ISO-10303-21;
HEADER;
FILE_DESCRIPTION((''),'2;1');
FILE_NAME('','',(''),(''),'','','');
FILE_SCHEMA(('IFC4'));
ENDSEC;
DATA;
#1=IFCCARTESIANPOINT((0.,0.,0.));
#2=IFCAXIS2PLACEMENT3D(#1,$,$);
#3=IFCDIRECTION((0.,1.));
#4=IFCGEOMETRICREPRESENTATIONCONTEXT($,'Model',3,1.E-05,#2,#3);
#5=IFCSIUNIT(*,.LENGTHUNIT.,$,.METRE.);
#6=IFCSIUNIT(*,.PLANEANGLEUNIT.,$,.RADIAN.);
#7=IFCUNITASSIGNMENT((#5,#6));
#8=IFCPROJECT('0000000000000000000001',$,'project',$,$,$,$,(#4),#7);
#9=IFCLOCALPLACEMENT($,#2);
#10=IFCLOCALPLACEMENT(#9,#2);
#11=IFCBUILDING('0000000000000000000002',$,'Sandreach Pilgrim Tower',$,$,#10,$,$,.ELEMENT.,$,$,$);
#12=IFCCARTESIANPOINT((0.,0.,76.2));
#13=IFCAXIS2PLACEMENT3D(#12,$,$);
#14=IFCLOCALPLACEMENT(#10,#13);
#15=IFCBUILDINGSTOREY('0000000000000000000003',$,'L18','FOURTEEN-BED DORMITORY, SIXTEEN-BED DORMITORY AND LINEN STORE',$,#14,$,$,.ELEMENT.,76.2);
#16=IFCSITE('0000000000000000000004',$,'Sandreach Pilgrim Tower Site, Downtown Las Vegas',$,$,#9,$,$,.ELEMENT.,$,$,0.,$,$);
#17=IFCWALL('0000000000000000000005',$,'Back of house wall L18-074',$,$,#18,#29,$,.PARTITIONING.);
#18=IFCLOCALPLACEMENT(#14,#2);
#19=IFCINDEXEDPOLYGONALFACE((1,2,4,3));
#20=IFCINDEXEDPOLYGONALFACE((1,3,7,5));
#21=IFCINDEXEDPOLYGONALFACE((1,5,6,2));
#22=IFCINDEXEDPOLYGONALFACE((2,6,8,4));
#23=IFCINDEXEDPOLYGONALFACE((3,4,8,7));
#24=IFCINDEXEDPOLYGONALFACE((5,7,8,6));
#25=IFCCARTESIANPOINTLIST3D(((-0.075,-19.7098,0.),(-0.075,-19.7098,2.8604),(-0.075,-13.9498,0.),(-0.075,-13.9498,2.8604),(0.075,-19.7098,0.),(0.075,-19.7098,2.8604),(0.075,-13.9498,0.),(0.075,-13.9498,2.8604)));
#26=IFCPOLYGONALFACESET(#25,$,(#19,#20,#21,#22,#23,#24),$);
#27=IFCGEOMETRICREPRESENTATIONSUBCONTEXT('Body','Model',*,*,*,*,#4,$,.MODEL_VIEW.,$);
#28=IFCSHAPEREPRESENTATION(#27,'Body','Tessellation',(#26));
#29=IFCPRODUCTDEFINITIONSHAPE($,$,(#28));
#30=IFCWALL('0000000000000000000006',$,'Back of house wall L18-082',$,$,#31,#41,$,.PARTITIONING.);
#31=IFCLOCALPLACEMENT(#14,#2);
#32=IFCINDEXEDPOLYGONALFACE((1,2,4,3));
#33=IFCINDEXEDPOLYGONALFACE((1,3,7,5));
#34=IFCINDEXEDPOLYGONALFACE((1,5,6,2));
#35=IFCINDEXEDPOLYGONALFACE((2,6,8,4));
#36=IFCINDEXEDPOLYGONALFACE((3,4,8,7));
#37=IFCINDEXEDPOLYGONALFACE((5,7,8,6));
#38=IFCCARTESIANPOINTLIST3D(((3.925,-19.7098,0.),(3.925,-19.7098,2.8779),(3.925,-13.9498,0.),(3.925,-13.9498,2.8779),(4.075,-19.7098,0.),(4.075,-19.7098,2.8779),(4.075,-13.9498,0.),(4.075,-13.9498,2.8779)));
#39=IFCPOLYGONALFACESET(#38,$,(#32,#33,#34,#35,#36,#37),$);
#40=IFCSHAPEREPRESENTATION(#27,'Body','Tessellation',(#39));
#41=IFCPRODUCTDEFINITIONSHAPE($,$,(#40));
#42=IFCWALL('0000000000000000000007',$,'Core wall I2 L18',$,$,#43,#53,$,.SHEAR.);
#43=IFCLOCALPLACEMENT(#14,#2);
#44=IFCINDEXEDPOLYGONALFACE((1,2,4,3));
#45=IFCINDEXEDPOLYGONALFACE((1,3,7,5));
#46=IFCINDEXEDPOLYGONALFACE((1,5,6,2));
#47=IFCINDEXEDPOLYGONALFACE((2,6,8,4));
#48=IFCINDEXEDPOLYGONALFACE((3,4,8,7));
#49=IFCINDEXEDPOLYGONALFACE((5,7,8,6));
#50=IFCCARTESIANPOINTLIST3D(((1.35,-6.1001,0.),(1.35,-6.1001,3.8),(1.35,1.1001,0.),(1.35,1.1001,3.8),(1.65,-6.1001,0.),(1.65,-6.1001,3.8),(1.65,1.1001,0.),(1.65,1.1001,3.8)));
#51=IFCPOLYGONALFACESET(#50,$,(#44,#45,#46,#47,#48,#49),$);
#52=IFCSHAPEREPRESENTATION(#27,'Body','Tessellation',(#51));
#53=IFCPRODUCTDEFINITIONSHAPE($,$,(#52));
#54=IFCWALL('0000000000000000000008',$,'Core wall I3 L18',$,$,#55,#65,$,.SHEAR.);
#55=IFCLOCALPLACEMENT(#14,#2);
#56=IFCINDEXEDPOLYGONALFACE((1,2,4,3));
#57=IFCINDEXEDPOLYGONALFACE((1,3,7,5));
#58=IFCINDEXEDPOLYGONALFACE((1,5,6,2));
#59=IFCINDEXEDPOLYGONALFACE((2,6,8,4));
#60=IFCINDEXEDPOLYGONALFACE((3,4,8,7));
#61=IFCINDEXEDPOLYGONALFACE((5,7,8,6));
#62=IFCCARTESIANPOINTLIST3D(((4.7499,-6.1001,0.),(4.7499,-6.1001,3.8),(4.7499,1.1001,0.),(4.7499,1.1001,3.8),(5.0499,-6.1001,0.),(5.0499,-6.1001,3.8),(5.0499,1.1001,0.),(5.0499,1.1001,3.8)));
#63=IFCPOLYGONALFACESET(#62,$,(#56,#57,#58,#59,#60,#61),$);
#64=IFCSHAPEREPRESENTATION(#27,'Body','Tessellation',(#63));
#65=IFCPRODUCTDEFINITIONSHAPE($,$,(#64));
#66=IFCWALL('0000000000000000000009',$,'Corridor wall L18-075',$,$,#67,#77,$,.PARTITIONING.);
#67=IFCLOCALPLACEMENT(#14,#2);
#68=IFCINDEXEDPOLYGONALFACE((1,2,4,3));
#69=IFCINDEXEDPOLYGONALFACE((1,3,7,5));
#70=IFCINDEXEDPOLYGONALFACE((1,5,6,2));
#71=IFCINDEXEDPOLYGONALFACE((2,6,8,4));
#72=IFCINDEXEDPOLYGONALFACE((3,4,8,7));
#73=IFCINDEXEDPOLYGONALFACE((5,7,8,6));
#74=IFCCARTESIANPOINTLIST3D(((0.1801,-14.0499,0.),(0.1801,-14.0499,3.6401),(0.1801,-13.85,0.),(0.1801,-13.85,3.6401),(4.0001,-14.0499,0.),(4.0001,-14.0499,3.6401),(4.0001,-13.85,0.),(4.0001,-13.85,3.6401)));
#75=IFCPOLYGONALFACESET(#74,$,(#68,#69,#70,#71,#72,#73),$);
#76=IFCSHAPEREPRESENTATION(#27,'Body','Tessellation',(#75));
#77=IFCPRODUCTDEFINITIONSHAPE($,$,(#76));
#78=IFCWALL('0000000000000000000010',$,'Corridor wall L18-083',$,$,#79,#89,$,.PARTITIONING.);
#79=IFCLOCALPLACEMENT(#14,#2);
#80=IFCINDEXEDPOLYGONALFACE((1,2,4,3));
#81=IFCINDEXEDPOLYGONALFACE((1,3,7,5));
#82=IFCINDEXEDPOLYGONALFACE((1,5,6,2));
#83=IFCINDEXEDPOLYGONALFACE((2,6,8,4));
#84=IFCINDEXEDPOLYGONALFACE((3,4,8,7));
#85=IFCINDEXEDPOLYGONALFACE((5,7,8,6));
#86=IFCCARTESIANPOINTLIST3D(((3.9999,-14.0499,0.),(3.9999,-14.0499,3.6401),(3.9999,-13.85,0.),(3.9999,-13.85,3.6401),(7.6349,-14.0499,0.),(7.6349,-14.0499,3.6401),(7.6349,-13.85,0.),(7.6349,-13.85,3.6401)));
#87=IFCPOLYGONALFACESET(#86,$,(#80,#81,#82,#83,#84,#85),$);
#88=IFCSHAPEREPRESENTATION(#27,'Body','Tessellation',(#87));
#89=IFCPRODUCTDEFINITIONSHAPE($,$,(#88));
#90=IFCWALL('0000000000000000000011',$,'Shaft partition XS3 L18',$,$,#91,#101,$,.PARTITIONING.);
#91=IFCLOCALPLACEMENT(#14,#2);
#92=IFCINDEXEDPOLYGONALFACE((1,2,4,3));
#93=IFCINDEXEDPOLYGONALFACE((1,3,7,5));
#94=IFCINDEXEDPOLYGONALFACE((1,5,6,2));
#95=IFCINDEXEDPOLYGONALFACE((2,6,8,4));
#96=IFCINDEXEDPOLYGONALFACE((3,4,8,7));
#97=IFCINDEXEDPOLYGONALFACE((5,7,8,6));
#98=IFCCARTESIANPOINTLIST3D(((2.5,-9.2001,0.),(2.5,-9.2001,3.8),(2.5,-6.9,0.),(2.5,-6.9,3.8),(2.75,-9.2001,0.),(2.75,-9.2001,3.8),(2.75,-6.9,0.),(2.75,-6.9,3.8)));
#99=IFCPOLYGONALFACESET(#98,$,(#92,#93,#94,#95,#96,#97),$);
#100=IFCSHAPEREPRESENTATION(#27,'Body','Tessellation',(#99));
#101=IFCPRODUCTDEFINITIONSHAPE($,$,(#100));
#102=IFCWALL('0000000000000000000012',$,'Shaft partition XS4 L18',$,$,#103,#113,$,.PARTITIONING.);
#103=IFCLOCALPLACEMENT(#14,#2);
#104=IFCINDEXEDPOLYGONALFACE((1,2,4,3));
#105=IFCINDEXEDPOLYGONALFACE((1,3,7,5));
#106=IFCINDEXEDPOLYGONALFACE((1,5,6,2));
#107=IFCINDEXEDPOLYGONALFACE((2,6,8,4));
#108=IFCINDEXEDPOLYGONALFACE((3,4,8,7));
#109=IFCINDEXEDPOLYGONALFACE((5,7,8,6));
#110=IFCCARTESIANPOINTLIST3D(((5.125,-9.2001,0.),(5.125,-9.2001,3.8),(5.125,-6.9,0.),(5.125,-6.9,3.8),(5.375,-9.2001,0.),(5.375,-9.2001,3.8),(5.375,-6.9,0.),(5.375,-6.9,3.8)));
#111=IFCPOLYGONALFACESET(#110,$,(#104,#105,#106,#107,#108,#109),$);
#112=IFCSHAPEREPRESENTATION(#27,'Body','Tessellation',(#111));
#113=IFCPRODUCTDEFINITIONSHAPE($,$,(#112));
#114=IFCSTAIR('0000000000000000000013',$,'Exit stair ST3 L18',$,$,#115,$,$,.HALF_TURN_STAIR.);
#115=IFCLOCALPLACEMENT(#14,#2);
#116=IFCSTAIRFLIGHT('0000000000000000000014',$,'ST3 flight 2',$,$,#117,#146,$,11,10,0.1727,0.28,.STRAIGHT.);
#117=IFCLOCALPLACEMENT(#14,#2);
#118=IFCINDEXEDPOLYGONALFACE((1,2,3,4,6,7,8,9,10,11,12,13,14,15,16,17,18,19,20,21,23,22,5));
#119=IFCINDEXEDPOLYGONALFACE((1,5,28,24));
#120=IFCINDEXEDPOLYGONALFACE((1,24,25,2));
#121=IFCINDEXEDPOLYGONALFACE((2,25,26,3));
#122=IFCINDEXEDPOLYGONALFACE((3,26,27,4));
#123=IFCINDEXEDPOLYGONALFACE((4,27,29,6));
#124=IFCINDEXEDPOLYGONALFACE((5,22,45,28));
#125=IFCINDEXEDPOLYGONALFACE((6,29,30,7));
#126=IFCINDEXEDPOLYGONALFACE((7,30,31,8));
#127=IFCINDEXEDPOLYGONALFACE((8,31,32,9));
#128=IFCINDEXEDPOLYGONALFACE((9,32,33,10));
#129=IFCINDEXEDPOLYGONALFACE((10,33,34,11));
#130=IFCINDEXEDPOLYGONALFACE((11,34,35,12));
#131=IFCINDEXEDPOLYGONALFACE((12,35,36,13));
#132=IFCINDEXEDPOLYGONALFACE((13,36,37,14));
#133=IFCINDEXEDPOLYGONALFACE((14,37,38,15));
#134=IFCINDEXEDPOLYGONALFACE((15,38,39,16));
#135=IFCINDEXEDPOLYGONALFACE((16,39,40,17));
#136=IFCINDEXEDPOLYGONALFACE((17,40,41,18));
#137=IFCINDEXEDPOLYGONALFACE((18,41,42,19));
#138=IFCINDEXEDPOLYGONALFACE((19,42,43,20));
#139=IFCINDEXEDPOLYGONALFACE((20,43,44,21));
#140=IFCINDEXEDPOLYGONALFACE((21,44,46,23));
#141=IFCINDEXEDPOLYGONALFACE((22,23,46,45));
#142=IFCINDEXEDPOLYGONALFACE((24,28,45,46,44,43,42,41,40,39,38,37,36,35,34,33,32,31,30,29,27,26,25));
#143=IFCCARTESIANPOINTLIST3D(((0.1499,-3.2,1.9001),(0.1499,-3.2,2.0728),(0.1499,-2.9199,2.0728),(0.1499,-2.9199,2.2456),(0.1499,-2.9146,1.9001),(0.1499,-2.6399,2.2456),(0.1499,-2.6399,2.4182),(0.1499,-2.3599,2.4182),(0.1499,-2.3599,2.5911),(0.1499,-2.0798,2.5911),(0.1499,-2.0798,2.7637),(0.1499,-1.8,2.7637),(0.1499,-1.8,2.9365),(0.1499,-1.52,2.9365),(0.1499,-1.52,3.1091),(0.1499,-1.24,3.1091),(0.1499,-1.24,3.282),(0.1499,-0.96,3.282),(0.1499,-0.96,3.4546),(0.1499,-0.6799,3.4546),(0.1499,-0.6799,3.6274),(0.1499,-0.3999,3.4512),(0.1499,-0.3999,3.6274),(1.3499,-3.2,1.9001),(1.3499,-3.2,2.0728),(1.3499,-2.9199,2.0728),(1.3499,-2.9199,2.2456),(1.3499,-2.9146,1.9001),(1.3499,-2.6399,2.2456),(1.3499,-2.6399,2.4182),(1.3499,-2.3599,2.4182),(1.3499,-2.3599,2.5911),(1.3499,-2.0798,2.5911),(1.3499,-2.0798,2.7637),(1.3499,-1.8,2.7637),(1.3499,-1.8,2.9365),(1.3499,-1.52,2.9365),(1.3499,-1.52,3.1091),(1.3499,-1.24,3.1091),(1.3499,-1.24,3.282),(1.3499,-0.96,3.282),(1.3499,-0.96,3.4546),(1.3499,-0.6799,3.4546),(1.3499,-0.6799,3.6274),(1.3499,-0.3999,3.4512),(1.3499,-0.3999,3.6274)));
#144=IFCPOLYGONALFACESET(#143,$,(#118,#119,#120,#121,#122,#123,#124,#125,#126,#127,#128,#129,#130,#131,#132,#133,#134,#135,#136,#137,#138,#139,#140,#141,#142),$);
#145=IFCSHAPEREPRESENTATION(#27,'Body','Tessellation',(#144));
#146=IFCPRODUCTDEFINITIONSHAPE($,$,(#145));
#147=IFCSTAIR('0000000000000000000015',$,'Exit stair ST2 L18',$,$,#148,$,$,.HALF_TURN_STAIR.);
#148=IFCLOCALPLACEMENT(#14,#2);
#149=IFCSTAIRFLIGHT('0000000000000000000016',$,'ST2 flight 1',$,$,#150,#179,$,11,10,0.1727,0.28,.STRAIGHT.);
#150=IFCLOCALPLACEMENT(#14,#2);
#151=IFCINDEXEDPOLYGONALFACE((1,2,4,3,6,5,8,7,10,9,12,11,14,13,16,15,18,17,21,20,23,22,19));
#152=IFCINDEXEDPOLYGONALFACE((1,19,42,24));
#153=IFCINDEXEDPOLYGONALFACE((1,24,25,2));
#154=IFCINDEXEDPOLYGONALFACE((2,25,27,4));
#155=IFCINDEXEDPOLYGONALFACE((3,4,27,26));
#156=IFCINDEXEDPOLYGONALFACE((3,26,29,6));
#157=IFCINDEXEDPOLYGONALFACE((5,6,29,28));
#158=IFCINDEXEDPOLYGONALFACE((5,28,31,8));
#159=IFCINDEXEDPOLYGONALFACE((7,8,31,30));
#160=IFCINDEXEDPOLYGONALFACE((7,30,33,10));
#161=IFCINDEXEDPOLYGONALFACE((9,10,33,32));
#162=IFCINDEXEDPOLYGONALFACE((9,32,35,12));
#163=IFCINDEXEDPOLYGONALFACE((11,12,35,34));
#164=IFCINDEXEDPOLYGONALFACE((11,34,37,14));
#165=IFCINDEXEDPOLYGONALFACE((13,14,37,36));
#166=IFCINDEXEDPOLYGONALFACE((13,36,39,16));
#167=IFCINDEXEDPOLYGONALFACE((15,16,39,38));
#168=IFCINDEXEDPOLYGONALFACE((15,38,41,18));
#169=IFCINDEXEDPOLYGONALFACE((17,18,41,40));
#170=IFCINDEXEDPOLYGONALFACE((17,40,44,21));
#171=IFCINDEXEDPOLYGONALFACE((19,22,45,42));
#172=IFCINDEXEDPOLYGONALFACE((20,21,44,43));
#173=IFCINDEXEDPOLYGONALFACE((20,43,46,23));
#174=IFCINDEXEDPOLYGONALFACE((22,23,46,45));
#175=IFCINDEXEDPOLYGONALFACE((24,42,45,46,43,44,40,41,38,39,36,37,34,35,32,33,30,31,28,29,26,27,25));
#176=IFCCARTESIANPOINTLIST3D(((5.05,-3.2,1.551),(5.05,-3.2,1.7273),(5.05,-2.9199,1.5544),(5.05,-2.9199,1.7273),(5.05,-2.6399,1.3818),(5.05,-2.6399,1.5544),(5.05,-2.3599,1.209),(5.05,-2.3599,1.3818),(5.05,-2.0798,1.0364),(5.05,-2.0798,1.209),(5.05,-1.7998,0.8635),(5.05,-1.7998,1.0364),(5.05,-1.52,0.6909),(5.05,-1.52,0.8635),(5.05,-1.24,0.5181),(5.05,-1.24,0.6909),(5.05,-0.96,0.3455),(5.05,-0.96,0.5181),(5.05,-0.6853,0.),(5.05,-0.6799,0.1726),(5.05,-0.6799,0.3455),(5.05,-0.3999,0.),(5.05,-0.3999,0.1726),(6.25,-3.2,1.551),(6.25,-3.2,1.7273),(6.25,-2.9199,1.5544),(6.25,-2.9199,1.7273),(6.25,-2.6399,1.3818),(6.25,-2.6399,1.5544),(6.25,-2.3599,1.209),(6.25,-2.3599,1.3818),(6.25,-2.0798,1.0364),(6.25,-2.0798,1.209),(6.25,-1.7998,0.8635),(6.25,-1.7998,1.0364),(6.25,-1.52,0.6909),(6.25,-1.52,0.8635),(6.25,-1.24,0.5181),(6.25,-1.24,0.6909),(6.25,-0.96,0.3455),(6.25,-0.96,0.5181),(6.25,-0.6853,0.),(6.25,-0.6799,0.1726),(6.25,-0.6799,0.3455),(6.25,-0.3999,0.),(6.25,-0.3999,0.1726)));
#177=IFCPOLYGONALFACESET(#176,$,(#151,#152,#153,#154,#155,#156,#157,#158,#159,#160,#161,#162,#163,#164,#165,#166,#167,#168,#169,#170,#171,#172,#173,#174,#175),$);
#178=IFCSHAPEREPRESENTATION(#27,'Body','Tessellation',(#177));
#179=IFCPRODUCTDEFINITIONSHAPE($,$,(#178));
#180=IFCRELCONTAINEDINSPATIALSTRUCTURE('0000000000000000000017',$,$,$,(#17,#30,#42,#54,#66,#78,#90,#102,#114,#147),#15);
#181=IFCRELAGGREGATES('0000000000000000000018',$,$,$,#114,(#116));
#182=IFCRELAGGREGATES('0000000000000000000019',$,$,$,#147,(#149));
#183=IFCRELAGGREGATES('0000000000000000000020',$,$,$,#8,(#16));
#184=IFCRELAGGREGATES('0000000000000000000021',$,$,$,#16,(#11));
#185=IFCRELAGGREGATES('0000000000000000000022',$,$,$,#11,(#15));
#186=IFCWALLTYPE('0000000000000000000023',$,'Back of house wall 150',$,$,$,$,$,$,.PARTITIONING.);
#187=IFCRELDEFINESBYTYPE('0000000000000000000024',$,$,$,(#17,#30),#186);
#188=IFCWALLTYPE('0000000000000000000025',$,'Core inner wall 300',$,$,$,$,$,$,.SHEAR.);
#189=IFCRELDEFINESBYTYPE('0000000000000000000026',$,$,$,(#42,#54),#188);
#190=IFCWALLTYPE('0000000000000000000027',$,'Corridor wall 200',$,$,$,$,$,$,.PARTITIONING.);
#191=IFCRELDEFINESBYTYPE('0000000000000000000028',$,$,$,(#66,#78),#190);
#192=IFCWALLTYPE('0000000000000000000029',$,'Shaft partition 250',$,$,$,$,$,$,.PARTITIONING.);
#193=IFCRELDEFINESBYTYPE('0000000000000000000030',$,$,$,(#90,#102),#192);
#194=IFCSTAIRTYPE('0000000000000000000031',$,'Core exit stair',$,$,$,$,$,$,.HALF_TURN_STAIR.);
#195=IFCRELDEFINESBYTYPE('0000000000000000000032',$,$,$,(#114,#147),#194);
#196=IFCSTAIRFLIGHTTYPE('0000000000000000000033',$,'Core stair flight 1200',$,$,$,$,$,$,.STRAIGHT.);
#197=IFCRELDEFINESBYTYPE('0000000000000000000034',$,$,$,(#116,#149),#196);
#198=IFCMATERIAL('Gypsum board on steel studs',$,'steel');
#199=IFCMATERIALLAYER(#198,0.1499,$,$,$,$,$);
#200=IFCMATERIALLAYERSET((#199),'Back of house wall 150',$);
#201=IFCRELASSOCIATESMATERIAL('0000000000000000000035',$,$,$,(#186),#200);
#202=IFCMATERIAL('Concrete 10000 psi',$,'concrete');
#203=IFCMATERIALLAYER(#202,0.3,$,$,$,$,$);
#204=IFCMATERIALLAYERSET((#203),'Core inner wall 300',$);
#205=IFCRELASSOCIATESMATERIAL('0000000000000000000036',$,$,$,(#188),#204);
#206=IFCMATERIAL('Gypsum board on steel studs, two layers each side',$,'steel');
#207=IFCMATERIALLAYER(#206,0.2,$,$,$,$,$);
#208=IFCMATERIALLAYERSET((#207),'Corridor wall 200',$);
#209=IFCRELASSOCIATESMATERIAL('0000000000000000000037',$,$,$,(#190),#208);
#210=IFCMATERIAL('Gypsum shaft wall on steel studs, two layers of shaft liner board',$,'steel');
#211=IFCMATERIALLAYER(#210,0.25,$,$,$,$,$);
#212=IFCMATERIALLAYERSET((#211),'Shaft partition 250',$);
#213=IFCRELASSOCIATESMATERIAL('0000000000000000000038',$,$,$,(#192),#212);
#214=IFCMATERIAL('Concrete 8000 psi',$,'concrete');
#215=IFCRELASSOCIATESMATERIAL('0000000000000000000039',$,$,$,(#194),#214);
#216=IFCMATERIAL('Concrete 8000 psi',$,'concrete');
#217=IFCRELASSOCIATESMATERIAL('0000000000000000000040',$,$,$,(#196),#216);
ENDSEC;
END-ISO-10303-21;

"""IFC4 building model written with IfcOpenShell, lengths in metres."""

from ifc_helpers import new_model, si_unit, direction, frame, frame_2d, origin, place, context, subcontext, project, spatial, polyline, rectangle, outline, extrude, material, layer, layer_set, type_object, element, aggregate, save


model = new_model("IFC4")

# Units and contexts
model_context = context("Model", 3, precision=1e-05, world=origin(), true_north=direction((0.0, 1.0)))
body_context = subcontext(model_context, "Body", "Model", "MODEL_VIEW")
ifc_project = project(units=[si_unit("LENGTHUNIT", "METRE"), si_unit("PLANEANGLEUNIT", "RADIAN")], contexts=[model_context])

# Site, building, storey
site_placement = place(None, origin())
site = spatial("IfcSite", under=ifc_project, at=site_placement, Name="Sandreach Pilgrim Tower Site, Downtown Las Vegas", CompositionType="ELEMENT", RefElevation=0.0)
building_placement = place(site_placement, origin())
building = spatial("IfcBuilding", under=site, at=building_placement, Name="Sandreach Pilgrim Tower", CompositionType="ELEMENT")
storey_placement = place(building_placement, frame((0.0, 0.0, 76.2)))
storey = spatial("IfcBuildingStorey", under=building, at=storey_placement, Name="L18", Description="FOURTEEN-BED DORMITORY, SIXTEEN-BED DORMITORY AND LINEN STORE", CompositionType="ELEMENT", Elevation=76.2)

# Walls
ifc_material_1 = material(Name="Gypsum board on steel studs", Category="steel")
ifc_layer_1 = layer(ifc_material_1, 0.1499)
ifc_layer_set_1 = layer_set([ifc_layer_1], Name="Back of house wall 150")
wall_type_1 = type_object("IfcWallType", Name="Back of house wall 150", PredefinedType="PARTITIONING", material=ifc_layer_set_1)
wall_1_placement = place(storey_placement, frame((0.0, -13.95, 0.0), z_axis=(0.0, 0.0, 1.0), x_axis=(0.0, -1.0, 0.0)))
element("IfcWall", 1, at=wall_1_placement, inside=storey, type_object=wall_type_1, Name="Back of house wall L18-074", PredefinedType="PARTITIONING", context=body_context, shape_type="SweptSolid", body=[
    extrude(rectangle(XDim=5.76, YDim=0.1499, at=frame_2d((2.8799, 0.0))), origin(), (0.0, 0.0, 1.0), 2.8604),
])
wall_2_placement = place(storey_placement, frame((4.0, -13.95, 0.0), z_axis=(0.0, 0.0, 1.0), x_axis=(0.0, -1.0, 0.0)))
element("IfcWall", 2, at=wall_2_placement, inside=storey, type_object=wall_type_1, Name="Back of house wall L18-082", PredefinedType="PARTITIONING", context=body_context, shape_type="SweptSolid", body=[
    extrude(rectangle(XDim=5.76, YDim=0.1499, at=frame_2d((2.8799, 0.0))), origin(), (0.0, 0.0, 1.0), 2.8779),
])
ifc_material_2 = material(Name="Concrete 10000 psi", Category="concrete")
ifc_layer_2 = layer(ifc_material_2, 0.3)
ifc_layer_set_2 = layer_set([ifc_layer_2], Name="Core inner wall 300")
wall_type_2 = type_object("IfcWallType", Name="Core inner wall 300", PredefinedType="SHEAR", material=ifc_layer_set_2)
for number, where, z_axis, x_axis, name in (
    (3, (1.5, -6.1001, 0.0), (0.0, 0.0, 1.0), (0.0, 1.0, 0.0), "Core wall I2 L18"),
    (4, (4.8999, -6.1001, 0.0), (0.0, 0.0, 1.0), (0.0, 1.0, 0.0), "Core wall I3 L18"),
):
    element("IfcWall", number, at=place(storey_placement, frame(where, z_axis=z_axis, x_axis=x_axis)), inside=storey, type_object=wall_type_2, Name=name, PredefinedType="SHEAR", context=body_context, shape_type="SweptSolid", body=[
        extrude(rectangle(XDim=7.2002, YDim=0.3, at=frame_2d((3.6001, 0.0))), origin(), (0.0, 0.0, 1.0), 3.8),
    ])

# Wall
ifc_material_3 = material(Name="Gypsum board on steel studs, two layers each side", Category="steel")
ifc_layer_3 = layer(ifc_material_3, 0.2)
ifc_layer_set_3 = layer_set([ifc_layer_3], Name="Corridor wall 200")
wall_type_3 = type_object("IfcWallType", Name="Corridor wall 200", PredefinedType="PARTITIONING", material=ifc_layer_set_3)
wall_3_placement = place(storey_placement, frame((0.1799, -13.95, 0.0), z_axis=(0.0, 0.0, 1.0), x_axis=(1.0, 0.0, 0.0)))
element("IfcWall", 5, at=wall_3_placement, inside=storey, type_object=wall_type_3, Name="Corridor wall L18-075", PredefinedType="PARTITIONING", context=body_context, shape_type="SweptSolid", body=[
    extrude(rectangle(XDim=3.8201, YDim=0.2, at=frame_2d((1.9102, 0.0))), origin(), (0.0, 0.0, 1.0), 3.6401),
])

# Walls
wall_4_placement = place(storey_placement, frame((4.0, -13.95, 0.0), z_axis=(0.0, 0.0, 1.0), x_axis=(1.0, 0.0, 0.0)))
element("IfcWall", 6, at=wall_4_placement, inside=storey, type_object=wall_type_3, Name="Corridor wall L18-083", PredefinedType="PARTITIONING", context=body_context, shape_type="SweptSolid", body=[
    extrude(rectangle(XDim=3.635, YDim=0.2, at=frame_2d((1.8174, 0.0))), origin(), (0.0, 0.0, 1.0), 3.6401),
])
ifc_material_4 = material(Name="Gypsum shaft wall on steel studs, two layers of shaft liner board", Category="steel")
ifc_layer_4 = layer(ifc_material_4, 0.25)
ifc_layer_set_4 = layer_set([ifc_layer_4], Name="Shaft partition 250")
wall_type_4 = type_object("IfcWallType", Name="Shaft partition 250", PredefinedType="PARTITIONING", material=ifc_layer_set_4)
for number, where, z_axis, x_axis, name in (
    (7, (2.625, -9.2, 0.0), (0.0, 0.0, 1.0), (0.0, 1.0, 0.0), "Shaft partition XS3 L18"),
    (8, (5.25, -9.2, 0.0), (0.0, 0.0, 1.0), (0.0, 1.0, 0.0), "Shaft partition XS4 L18"),
):
    element("IfcWall", number, at=place(storey_placement, frame(where, z_axis=z_axis, x_axis=x_axis)), inside=storey, type_object=wall_type_4, Name=name, PredefinedType="PARTITIONING", context=body_context, shape_type="SweptSolid", body=[
        extrude(rectangle(XDim=2.3, YDim=0.25, at=frame_2d((1.1499, 0.0))), origin(), (0.0, 0.0, 1.0), 3.8),
    ])

# Stairs, stair flights
ifc_material_5 = material(Name="Concrete 8000 psi", Category="concrete")
stair_type = type_object("IfcStairType", Name="Core exit stair", PredefinedType="HALF_TURN_STAIR", material=ifc_material_5)
stair_1_placement = place(storey_placement, origin())
stair_1 = element("IfcStair", 9, at=stair_1_placement, inside=storey, type_object=stair_type, Name="Exit stair ST3 L18", PredefinedType="HALF_TURN_STAIR")
ifc_material_6 = material(Name="Concrete 8000 psi", Category="concrete")
stair_flight_type = type_object("IfcStairFlightType", Name="Core stair flight 1200", PredefinedType="STRAIGHT", material=ifc_material_6)
stair_flight_1_placement = place(storey_placement, frame((0.75, -3.2, 1.9001), z_axis=(0.0, 0.0, 1.0), x_axis=(0.0, 1.0, 0.0)))
stair_flight_1 = element("IfcStairFlight", 10, at=stair_flight_1_placement, type_object=stair_flight_type, Name="ST3 flight 2", NumberOfRisers=11, NumberOfTreads=10, PredefinedType="STRAIGHT", RiserHeight=0.1727, TreadLength=0.28, context=body_context, shape_type="SweptSolid", body=[
    extrude(outline(polyline([(0.0, 0.0), (0.0, 0.1726), (0.28, 0.1726), (0.28, 0.3455), (0.5601, 0.3455), (0.5601, 0.5181), (0.8401, 0.5181), (0.8401, 0.6909), (1.1201, 0.6909), (1.1201, 0.8635), (1.3999, 0.8635), (1.3999, 1.0364), (1.6799, 1.0364), (1.6799, 1.209), (1.96, 1.209), (1.96, 1.3818), (2.24, 1.3818), (2.24, 1.5544), (2.52, 1.5544), (2.52, 1.7273), (2.8, 1.7273), (2.8, 1.8999), (2.8, 1.551), (0.2854, 0.0), (0.0, 0.0)])), frame((0.0, 0.6001, 0.0), z_axis=(0.0, -1.0, 0.0), x_axis=(1.0, 0.0, 0.0)), (0.0, 0.0, 1.0), 1.2),
])
aggregate(stair_1, [stair_flight_1])
stair_2_placement = place(storey_placement, origin())
stair_2 = element("IfcStair", 11, at=stair_2_placement, inside=storey, type_object=stair_type, Name="Exit stair ST2 L18", PredefinedType="HALF_TURN_STAIR")
stair_flight_2_placement = place(storey_placement, frame((5.6499, -0.3999, 0.0), z_axis=(0.0, 0.0, 1.0), x_axis=(0.0, -1.0, 0.0)))
stair_flight_2 = element("IfcStairFlight", 12, at=stair_flight_2_placement, type_object=stair_flight_type, Name="ST2 flight 1", NumberOfRisers=11, NumberOfTreads=10, PredefinedType="STRAIGHT", RiserHeight=0.1727, TreadLength=0.28, context=body_context, shape_type="SweptSolid", body=[
    extrude(outline(polyline([(0.0, 0.0), (0.0, 0.1726), (0.28, 0.1726), (0.28, 0.3455), (0.5601, 0.3455), (0.5601, 0.5181), (0.8401, 0.5181), (0.8401, 0.6909), (1.1201, 0.6909), (1.1201, 0.8635), (1.3999, 0.8635), (1.3999, 1.0364), (1.6799, 1.0364), (1.6799, 1.209), (1.96, 1.209), (1.96, 1.3818), (2.24, 1.3818), (2.24, 1.5544), (2.52, 1.5544), (2.52, 1.7273), (2.8, 1.7273), (2.8, 1.8999), (2.8, 1.551), (0.2854, 0.0), (0.0, 0.0)])), frame((0.0, 0.6001, 0.0), z_axis=(0.0, -1.0, 0.0), x_axis=(1.0, 0.0, 0.0)), (0.0, 0.0, 1.0), 1.2),
])
aggregate(stair_2, [stair_flight_2])

save(model, "model.ifc")
